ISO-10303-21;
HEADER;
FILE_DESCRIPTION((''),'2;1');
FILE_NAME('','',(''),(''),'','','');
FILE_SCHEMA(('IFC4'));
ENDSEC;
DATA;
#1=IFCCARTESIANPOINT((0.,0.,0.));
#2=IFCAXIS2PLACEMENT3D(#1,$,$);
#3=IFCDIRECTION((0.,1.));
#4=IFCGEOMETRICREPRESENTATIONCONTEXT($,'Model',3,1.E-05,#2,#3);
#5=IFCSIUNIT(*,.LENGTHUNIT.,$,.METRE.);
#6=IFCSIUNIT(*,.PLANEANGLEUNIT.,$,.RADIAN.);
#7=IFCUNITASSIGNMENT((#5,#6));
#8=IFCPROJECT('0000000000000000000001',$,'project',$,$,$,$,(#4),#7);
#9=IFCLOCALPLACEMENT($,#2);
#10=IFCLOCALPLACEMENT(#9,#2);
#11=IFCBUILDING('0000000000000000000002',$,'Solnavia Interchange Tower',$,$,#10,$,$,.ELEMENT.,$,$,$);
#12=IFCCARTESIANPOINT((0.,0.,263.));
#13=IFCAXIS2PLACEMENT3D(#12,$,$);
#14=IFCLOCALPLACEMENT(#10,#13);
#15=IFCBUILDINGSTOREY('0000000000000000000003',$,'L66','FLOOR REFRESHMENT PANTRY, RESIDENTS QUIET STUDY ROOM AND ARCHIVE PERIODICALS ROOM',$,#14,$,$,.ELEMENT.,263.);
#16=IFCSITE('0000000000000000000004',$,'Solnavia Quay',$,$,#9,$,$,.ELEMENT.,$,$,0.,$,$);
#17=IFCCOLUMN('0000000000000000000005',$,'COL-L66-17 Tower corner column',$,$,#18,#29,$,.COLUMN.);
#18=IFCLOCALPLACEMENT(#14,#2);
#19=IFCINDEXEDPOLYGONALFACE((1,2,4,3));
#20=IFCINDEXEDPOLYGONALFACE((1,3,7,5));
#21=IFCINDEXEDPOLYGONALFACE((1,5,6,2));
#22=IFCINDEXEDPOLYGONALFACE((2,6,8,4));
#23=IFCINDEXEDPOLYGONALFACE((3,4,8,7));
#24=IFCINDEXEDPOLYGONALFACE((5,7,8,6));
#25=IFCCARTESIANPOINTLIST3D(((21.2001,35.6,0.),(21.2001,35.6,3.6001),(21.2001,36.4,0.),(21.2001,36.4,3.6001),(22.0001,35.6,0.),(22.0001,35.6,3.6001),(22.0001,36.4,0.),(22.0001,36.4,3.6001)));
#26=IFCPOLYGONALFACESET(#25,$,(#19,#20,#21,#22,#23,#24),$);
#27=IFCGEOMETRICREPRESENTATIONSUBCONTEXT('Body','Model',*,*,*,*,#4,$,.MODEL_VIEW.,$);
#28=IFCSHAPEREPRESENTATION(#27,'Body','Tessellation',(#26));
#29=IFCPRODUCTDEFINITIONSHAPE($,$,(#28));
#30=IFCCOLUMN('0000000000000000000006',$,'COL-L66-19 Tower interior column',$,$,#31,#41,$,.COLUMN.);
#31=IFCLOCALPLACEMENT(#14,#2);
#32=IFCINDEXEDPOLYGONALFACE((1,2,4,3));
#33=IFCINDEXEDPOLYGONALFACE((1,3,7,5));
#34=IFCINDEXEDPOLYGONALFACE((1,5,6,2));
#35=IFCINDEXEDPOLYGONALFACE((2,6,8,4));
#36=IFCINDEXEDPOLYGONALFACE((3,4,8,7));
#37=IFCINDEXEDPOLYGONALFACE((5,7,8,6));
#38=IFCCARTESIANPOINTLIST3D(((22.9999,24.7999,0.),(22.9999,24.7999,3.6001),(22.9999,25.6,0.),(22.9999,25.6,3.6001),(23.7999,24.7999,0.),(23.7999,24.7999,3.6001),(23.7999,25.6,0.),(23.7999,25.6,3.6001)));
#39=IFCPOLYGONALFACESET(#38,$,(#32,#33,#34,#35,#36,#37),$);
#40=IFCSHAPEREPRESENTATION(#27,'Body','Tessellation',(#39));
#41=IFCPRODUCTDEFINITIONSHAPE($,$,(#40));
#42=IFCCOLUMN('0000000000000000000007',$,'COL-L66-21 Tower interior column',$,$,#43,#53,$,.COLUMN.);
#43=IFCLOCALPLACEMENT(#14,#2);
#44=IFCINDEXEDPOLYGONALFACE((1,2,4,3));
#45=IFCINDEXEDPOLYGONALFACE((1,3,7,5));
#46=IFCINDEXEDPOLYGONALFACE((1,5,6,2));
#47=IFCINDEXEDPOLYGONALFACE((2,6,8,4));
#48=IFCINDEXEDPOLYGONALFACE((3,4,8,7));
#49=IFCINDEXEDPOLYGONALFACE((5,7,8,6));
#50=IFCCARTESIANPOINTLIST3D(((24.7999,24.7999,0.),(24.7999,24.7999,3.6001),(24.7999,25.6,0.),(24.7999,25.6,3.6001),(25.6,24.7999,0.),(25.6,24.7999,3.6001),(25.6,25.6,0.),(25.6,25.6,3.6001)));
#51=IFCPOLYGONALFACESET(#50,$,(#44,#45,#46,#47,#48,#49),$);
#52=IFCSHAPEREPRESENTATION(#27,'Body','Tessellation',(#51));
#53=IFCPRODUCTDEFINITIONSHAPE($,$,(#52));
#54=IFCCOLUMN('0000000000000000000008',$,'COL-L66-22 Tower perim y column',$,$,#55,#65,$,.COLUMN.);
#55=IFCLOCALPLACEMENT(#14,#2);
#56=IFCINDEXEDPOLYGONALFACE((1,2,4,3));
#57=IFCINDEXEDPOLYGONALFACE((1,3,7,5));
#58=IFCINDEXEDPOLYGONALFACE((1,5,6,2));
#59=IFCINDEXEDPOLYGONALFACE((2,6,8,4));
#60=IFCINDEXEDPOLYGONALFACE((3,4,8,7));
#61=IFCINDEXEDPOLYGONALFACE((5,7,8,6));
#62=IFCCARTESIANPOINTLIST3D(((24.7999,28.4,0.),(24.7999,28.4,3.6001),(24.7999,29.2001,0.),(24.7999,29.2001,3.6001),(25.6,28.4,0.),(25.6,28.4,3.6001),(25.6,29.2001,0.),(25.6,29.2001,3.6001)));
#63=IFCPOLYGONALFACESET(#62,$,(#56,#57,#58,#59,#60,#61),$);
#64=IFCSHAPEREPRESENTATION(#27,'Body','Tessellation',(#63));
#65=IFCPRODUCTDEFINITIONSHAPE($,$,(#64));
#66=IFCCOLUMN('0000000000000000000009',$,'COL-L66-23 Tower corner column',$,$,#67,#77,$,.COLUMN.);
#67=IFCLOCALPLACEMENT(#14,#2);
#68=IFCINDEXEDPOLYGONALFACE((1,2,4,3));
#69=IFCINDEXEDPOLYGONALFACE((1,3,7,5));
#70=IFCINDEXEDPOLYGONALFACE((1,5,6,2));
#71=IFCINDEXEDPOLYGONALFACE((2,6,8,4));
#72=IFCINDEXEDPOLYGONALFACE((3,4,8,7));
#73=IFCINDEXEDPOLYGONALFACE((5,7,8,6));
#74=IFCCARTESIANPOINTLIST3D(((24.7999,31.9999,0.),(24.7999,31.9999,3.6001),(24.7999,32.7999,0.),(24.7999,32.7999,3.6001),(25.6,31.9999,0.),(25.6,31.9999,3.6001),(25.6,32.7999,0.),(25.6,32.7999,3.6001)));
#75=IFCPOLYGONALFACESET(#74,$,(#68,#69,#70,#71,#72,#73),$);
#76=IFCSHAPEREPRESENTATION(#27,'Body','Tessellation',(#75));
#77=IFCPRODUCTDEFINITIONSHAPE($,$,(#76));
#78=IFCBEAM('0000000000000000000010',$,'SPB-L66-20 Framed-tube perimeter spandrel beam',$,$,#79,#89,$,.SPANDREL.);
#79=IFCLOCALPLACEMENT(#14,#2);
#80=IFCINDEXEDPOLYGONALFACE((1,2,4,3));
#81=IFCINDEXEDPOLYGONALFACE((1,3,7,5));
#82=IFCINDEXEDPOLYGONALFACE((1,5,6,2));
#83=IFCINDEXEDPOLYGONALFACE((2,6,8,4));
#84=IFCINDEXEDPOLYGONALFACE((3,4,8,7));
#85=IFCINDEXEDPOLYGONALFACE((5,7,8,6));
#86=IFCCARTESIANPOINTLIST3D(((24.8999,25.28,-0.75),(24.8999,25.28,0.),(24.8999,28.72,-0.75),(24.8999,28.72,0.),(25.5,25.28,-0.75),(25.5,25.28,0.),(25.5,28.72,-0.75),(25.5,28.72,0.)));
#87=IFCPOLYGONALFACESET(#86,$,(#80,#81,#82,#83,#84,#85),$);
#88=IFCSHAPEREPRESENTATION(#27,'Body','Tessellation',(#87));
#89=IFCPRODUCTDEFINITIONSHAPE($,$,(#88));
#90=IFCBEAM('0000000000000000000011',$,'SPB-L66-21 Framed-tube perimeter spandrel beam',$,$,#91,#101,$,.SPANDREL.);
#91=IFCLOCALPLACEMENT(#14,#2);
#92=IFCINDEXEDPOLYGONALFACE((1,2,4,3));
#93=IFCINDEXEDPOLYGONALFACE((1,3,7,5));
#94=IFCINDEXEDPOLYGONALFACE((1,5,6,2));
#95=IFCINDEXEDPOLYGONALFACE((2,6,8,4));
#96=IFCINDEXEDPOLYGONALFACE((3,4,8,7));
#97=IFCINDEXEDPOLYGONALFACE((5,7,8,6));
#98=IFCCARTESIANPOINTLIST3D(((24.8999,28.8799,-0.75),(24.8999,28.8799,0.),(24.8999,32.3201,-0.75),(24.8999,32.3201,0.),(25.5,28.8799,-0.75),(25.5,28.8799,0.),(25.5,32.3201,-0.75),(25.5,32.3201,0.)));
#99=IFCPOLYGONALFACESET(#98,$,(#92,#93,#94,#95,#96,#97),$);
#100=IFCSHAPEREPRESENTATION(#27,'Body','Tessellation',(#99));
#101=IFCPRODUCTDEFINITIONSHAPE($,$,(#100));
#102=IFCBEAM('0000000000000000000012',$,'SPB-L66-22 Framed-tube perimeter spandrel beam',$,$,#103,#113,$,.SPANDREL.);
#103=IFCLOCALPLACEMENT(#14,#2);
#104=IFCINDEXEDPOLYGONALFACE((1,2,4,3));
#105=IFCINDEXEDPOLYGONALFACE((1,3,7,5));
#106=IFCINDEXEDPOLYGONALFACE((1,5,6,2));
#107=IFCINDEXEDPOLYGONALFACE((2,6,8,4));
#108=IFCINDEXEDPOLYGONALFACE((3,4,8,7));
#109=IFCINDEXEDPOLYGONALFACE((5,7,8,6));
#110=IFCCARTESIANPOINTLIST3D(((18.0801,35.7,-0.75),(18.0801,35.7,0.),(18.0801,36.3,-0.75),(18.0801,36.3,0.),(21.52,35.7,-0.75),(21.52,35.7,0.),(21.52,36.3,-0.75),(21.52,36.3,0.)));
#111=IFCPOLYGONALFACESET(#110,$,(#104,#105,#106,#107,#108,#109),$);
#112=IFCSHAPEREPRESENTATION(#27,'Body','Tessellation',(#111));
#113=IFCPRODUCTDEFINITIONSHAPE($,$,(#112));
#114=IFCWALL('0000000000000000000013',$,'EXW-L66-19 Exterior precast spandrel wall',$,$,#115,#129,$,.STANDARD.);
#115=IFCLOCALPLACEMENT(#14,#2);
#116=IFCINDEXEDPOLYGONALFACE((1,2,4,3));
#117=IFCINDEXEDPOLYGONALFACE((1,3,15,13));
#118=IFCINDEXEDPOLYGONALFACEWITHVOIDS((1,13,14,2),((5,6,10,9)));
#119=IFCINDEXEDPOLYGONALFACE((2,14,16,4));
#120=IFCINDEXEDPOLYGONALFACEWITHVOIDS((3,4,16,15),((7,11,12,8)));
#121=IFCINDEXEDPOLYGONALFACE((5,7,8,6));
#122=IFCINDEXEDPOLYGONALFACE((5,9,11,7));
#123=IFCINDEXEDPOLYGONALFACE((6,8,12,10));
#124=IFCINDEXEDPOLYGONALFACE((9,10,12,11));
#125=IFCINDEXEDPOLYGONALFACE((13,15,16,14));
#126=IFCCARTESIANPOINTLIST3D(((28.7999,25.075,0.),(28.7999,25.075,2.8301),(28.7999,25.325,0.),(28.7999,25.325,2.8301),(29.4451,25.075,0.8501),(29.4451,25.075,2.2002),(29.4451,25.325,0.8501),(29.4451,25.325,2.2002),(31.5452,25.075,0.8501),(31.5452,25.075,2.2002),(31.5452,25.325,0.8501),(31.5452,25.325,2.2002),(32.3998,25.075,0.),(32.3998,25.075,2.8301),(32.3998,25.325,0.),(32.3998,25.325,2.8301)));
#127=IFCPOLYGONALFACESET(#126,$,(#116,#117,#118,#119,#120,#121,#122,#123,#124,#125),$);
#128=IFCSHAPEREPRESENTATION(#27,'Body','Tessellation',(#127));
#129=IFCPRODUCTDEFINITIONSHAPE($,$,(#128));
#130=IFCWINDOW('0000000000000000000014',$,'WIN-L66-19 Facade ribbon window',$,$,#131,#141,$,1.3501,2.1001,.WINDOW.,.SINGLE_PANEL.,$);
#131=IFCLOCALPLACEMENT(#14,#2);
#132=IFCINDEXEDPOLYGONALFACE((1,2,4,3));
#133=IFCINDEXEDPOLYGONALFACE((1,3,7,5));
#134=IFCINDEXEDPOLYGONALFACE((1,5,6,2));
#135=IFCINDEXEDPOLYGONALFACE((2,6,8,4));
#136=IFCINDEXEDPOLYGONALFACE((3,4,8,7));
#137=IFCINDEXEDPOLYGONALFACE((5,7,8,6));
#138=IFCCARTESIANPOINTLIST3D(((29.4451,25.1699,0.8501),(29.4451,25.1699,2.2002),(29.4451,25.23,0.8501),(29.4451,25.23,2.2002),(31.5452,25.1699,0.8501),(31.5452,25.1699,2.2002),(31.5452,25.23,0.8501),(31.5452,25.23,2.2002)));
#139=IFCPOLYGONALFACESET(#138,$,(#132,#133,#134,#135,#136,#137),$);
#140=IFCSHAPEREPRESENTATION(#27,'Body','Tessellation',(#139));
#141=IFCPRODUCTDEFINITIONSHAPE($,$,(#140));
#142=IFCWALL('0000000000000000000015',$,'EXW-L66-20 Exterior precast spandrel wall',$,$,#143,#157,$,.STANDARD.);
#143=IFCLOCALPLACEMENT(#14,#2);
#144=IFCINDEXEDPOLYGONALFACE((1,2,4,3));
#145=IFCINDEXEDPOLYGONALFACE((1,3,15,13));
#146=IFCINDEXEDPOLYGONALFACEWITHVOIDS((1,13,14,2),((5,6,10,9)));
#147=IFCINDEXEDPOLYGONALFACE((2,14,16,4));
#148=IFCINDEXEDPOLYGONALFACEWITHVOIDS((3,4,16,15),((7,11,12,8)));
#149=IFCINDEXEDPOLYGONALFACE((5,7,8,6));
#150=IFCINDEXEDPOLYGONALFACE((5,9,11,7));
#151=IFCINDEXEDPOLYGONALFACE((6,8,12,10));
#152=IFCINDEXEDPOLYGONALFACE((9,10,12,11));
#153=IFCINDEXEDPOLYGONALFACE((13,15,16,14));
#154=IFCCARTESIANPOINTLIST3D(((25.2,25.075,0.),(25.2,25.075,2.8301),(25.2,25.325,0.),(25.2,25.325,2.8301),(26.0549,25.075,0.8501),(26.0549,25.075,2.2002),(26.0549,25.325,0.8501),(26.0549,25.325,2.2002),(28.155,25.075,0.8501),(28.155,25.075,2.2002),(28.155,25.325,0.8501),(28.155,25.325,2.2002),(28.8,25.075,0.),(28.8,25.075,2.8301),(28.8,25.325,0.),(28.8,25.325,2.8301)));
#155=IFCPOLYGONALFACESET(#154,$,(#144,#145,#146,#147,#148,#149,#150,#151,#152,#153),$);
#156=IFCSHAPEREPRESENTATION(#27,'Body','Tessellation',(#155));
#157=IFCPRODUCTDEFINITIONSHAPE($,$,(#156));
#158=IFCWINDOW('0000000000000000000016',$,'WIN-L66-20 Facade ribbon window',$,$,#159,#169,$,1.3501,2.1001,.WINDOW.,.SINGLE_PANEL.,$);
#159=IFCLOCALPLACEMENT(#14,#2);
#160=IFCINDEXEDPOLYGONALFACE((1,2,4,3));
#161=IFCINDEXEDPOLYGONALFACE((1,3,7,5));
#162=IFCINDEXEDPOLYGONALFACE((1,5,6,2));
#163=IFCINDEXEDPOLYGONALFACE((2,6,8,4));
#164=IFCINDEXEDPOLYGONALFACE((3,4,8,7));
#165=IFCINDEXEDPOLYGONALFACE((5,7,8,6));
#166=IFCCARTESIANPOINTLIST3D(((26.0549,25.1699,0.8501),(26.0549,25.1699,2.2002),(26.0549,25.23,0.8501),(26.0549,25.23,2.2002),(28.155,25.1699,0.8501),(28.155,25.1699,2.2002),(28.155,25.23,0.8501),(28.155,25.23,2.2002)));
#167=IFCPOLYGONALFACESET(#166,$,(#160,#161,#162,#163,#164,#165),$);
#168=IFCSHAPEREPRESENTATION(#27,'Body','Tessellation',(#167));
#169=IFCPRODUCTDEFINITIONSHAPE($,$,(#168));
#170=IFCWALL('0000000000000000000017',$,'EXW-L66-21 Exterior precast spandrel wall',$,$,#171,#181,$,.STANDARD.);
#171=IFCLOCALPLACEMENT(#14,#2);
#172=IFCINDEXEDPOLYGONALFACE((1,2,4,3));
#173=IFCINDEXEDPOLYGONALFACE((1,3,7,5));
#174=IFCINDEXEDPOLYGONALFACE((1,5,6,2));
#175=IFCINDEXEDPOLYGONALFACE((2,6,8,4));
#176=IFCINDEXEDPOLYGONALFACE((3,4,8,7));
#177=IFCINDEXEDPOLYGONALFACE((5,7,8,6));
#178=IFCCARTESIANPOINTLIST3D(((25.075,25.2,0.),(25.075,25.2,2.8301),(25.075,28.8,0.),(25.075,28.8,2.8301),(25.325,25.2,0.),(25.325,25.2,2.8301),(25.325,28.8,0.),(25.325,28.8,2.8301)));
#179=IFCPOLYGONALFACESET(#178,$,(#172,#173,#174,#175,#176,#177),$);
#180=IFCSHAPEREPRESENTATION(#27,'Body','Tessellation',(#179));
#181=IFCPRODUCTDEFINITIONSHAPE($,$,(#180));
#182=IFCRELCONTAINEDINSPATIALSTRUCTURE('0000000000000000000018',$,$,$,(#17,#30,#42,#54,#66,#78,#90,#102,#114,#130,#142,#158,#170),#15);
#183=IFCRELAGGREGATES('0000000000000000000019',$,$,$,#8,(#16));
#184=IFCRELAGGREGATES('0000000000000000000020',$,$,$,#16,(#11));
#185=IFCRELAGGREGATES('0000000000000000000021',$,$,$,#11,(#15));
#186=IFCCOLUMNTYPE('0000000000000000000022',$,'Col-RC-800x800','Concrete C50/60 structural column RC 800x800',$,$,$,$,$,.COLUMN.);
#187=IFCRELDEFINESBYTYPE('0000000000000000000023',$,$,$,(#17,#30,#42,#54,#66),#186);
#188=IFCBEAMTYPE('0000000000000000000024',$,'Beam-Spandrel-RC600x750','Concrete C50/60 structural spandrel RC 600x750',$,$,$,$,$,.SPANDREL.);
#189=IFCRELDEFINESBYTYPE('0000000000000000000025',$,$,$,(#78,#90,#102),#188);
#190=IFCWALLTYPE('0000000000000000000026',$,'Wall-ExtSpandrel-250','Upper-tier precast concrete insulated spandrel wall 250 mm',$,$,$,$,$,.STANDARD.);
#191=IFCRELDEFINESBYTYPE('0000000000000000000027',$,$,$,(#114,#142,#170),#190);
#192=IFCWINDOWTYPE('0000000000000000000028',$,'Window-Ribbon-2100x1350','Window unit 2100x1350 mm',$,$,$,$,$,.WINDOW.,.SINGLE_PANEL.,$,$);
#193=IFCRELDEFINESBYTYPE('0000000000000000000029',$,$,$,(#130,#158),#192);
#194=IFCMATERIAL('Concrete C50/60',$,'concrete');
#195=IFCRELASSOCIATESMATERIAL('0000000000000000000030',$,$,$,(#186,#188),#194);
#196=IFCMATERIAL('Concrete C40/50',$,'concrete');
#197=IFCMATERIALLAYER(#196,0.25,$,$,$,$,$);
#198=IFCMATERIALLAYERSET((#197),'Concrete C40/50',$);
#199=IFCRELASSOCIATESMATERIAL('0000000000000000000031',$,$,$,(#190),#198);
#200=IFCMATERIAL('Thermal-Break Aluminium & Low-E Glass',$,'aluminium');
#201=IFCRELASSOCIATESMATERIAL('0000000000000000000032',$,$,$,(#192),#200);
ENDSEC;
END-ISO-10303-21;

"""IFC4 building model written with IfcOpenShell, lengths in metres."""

from ifc_helpers import new_model, si_unit, direction, frame, frame_2d, origin, origin_2d, place, context, subcontext, project, spatial, rectangle, extrude, material, layer, layer_set, material_profile, profile_set, type_object, element, fill, save


model = new_model("IFC4")

# Units and contexts
model_context = context("Model", 3, precision=1e-05, world=origin(), true_north=direction((0.0, 1.0)))
body_context = subcontext(model_context, "Body", "Model", "MODEL_VIEW")
ifc_project = project(units=[si_unit("LENGTHUNIT", "METRE"), si_unit("PLANEANGLEUNIT", "RADIAN")], contexts=[model_context])

# Site, building, storey
site_placement = place(None, origin())
site = spatial("IfcSite", under=ifc_project, at=site_placement, Name="Solnavia Quay", CompositionType="ELEMENT", RefElevation=0.0)
building_placement = place(site_placement, origin())
building = spatial("IfcBuilding", under=site, at=building_placement, Name="Solnavia Interchange Tower", CompositionType="ELEMENT")
storey_placement = place(building_placement, frame((0.0, 0.0, 263.0)))
storey = spatial("IfcBuildingStorey", under=building, at=storey_placement, Name="L66", Description="FLOOR REFRESHMENT PANTRY, RESIDENTS QUIET STUDY ROOM AND ARCHIVE PERIODICALS ROOM", CompositionType="ELEMENT", Elevation=263.0)

# Columns
ifc_material_1 = material(Name="Concrete C50/60", Category="concrete")
ifc_material_profile_1 = material_profile(ifc_material_1, rectangle(XDim=0.8, YDim=0.8, at=origin_2d()), Name="RC 800x800")
ifc_profile_set_1 = profile_set([ifc_material_profile_1], Name="Concrete C50/60")
column_type = type_object("IfcColumnType", Name="Col-RC-800x800", Description="Concrete C50/60 structural column RC 800x800", PredefinedType="COLUMN", material=ifc_profile_set_1)
for number, where, z_axis, x_axis, name in (
    (1, (21.6001, 36.0, 0.0), (0.0, 0.0, 1.0), (1.0, 0.0, 0.0), "COL-L66-17 Tower corner column"),
    (2, (23.3999, 25.2, 0.0), (0.0, 0.0, 1.0), (1.0, 0.0, 0.0), "COL-L66-19 Tower interior column"),
    (3, (25.2, 25.2, 0.0), (0.0, 0.0, 1.0), (1.0, 0.0, 0.0), "COL-L66-21 Tower interior column"),
    (4, (25.2, 28.8, 0.0), (0.0, 0.0, 1.0), (0.0, 1.0, 0.0), "COL-L66-22 Tower perim y column"),
    (5, (25.2, 32.3999, 0.0), (0.0, 0.0, 1.0), (0.0, 1.0, 0.0), "COL-L66-23 Tower corner column"),
):
    element("IfcColumn", number, at=place(storey_placement, frame(where, z_axis=z_axis, x_axis=x_axis)), inside=storey, type_object=column_type, Name=name, PredefinedType="COLUMN", context=body_context, shape_type="SweptSolid", body=[
        extrude(rectangle(XDim=0.8, YDim=0.8, at=origin_2d()), origin(), (0.0, 0.0, 1.0), 3.6001),
    ])

# Beams
ifc_material_profile_2 = material_profile(ifc_material_1, rectangle(XDim=0.6001, YDim=0.75, at=origin_2d()), Name="RC 600x750")
ifc_profile_set_2 = profile_set([ifc_material_profile_2], Name="Concrete C50/60")
beam_type = type_object("IfcBeamType", Name="Beam-Spandrel-RC600x750", Description="Concrete C50/60 structural spandrel RC 600x750", PredefinedType="SPANDREL", material=ifc_profile_set_2)
beam_1_placement = place(storey_placement, frame((25.2, 25.28, -0.375), z_axis=(0.0, 1.0, 0.0), x_axis=(-1.0, 0.0, 0.0)))
element("IfcBeam", 6, at=beam_1_placement, inside=storey, type_object=beam_type, Name="SPB-L66-20 Framed-tube perimeter spandrel beam", PredefinedType="SPANDREL", context=body_context, shape_type="SweptSolid", body=[
    extrude(rectangle(XDim=0.6001, YDim=0.75, at=origin_2d()), origin(), (0.0, 0.0, 1.0), 3.4399),
])
beam_2_placement = place(storey_placement, frame((25.2, 28.8799, -0.375), z_axis=(0.0, 1.0, 0.0), x_axis=(-1.0, 0.0, 0.0)))
element("IfcBeam", 7, at=beam_2_placement, inside=storey, type_object=beam_type, Name="SPB-L66-21 Framed-tube perimeter spandrel beam", PredefinedType="SPANDREL", context=body_context, shape_type="SweptSolid", body=[
    extrude(rectangle(XDim=0.6001, YDim=0.75, at=origin_2d()), origin(), (0.0, 0.0, 1.0), 3.4402),
])
beam_3_placement = place(storey_placement, frame((21.52, 36.0, -0.375), z_axis=(-1.0, 0.0, 0.0), x_axis=(0.0, -1.0, 0.0)))
element("IfcBeam", 8, at=beam_3_placement, inside=storey, type_object=beam_type, Name="SPB-L66-22 Framed-tube perimeter spandrel beam", PredefinedType="SPANDREL", context=body_context, shape_type="SweptSolid", body=[
    extrude(rectangle(XDim=0.6001, YDim=0.75, at=origin_2d()), origin(), (0.0, 0.0, 1.0), 3.4399),
])

# Walls, openings, windows
ifc_material_2 = material(Name="Concrete C40/50", Category="concrete")
ifc_layer = layer(ifc_material_2, 0.25)
ifc_layer_set = layer_set([ifc_layer], Name="Concrete C40/50")
wall_type = type_object("IfcWallType", Name="Wall-ExtSpandrel-250", Description="Upper-tier precast concrete insulated spandrel wall 250 mm", PredefinedType="STANDARD", material=ifc_layer_set)
wall_1_placement = place(storey_placement, frame((28.8, 25.2, 0.0), z_axis=(0.0, 0.0, 1.0), x_axis=(1.0, 0.0, 0.0)))
wall_1 = element("IfcWall", 9, at=wall_1_placement, inside=storey, type_object=wall_type, Name="EXW-L66-19 Exterior precast spandrel wall", PredefinedType="STANDARD", context=body_context, shape_type="SweptSolid", body=[
    extrude(rectangle(XDim=3.5999, YDim=0.25, at=frame_2d((1.7998, 0.0))), origin(), (0.0, 0.0, 1.0), 2.8301),
])
opening_1_placement = place(wall_1_placement, frame((0.645, 0.0, 0.8501)))
opening_1 = element("IfcOpeningElement", 10, at=opening_1_placement, cuts=wall_1, PredefinedType="OPENING", context=body_context, shape_type="SweptSolid", body=[
    extrude(rectangle(XDim=2.1001, YDim=1.3501, at=frame_2d((1.05, 0.675))), frame((0.0, 0.135, 0.0), z_axis=(0.0, -1.0, 0.0), x_axis=(1.0, 0.0, 0.0)), (0.0, 0.0, 1.0), 0.27),
])
ifc_material_3 = material(Name="Thermal-Break Aluminium & Low-E Glass", Category="aluminium")
window_type = type_object("IfcWindowType", Name="Window-Ribbon-2100x1350", Description="Window unit 2100x1350 mm", PartitioningType="SINGLE_PANEL", PredefinedType="WINDOW", material=ifc_material_3)
window_1_placement = place(opening_1_placement, origin())
window_1 = element("IfcWindow", 11, at=window_1_placement, inside=storey, type_object=window_type, Name="WIN-L66-19 Facade ribbon window", OverallHeight=1.3501, OverallWidth=2.1001, PartitioningType="SINGLE_PANEL", PredefinedType="WINDOW", context=body_context, shape_type="SweptSolid", body=[
    extrude(rectangle(XDim=2.1001, YDim=1.3501, at=frame_2d((1.05, 0.675))), frame((0.0, 0.03, 0.0), z_axis=(0.0, -1.0, 0.0), x_axis=(1.0, 0.0, 0.0)), (0.0, 0.0, 1.0), 0.0601),
])
fill(opening_1, window_1)
wall_2_placement = place(storey_placement, frame((25.2, 25.2, 0.0), z_axis=(0.0, 0.0, 1.0), x_axis=(1.0, 0.0, 0.0)))
wall_2 = element("IfcWall", 12, at=wall_2_placement, inside=storey, type_object=wall_type, Name="EXW-L66-20 Exterior precast spandrel wall", PredefinedType="STANDARD", context=body_context, shape_type="SweptSolid", body=[
    extrude(rectangle(XDim=3.6001, YDim=0.25, at=frame_2d((1.8, 0.0))), origin(), (0.0, 0.0, 1.0), 2.8301),
])
opening_2_placement = place(wall_2_placement, frame((0.855, 0.0, 0.8501)))
opening_2 = element("IfcOpeningElement", 13, at=opening_2_placement, cuts=wall_2, PredefinedType="OPENING", context=body_context, shape_type="SweptSolid", body=[
    extrude(rectangle(XDim=2.1001, YDim=1.3501, at=frame_2d((1.05, 0.675))), frame((0.0, 0.135, 0.0), z_axis=(0.0, -1.0, 0.0), x_axis=(1.0, 0.0, 0.0)), (0.0, 0.0, 1.0), 0.27),
])
window_2_placement = place(opening_2_placement, origin())
window_2 = element("IfcWindow", 14, at=window_2_placement, inside=storey, type_object=window_type, Name="WIN-L66-20 Facade ribbon window", OverallHeight=1.3501, OverallWidth=2.1001, PartitioningType="SINGLE_PANEL", PredefinedType="WINDOW", context=body_context, shape_type="SweptSolid", body=[
    extrude(rectangle(XDim=2.1001, YDim=1.3501, at=frame_2d((1.05, 0.675))), frame((0.0, 0.03, 0.0), z_axis=(0.0, -1.0, 0.0), x_axis=(1.0, 0.0, 0.0)), (0.0, 0.0, 1.0), 0.0601),
])
fill(opening_2, window_2)

# Wall
wall_3_placement = place(storey_placement, frame((25.2, 28.8, 0.0), z_axis=(0.0, 0.0, 1.0), x_axis=(0.0, -1.0, 0.0)))
element("IfcWall", 15, at=wall_3_placement, inside=storey, type_object=wall_type, Name="EXW-L66-21 Exterior precast spandrel wall", PredefinedType="STANDARD", context=body_context, shape_type="SweptSolid", body=[
    extrude(rectangle(XDim=3.6001, YDim=0.25, at=frame_2d((1.8, 0.0))), origin(), (0.0, 0.0, 1.0), 2.8301),
])

save(model, "model.ifc")
